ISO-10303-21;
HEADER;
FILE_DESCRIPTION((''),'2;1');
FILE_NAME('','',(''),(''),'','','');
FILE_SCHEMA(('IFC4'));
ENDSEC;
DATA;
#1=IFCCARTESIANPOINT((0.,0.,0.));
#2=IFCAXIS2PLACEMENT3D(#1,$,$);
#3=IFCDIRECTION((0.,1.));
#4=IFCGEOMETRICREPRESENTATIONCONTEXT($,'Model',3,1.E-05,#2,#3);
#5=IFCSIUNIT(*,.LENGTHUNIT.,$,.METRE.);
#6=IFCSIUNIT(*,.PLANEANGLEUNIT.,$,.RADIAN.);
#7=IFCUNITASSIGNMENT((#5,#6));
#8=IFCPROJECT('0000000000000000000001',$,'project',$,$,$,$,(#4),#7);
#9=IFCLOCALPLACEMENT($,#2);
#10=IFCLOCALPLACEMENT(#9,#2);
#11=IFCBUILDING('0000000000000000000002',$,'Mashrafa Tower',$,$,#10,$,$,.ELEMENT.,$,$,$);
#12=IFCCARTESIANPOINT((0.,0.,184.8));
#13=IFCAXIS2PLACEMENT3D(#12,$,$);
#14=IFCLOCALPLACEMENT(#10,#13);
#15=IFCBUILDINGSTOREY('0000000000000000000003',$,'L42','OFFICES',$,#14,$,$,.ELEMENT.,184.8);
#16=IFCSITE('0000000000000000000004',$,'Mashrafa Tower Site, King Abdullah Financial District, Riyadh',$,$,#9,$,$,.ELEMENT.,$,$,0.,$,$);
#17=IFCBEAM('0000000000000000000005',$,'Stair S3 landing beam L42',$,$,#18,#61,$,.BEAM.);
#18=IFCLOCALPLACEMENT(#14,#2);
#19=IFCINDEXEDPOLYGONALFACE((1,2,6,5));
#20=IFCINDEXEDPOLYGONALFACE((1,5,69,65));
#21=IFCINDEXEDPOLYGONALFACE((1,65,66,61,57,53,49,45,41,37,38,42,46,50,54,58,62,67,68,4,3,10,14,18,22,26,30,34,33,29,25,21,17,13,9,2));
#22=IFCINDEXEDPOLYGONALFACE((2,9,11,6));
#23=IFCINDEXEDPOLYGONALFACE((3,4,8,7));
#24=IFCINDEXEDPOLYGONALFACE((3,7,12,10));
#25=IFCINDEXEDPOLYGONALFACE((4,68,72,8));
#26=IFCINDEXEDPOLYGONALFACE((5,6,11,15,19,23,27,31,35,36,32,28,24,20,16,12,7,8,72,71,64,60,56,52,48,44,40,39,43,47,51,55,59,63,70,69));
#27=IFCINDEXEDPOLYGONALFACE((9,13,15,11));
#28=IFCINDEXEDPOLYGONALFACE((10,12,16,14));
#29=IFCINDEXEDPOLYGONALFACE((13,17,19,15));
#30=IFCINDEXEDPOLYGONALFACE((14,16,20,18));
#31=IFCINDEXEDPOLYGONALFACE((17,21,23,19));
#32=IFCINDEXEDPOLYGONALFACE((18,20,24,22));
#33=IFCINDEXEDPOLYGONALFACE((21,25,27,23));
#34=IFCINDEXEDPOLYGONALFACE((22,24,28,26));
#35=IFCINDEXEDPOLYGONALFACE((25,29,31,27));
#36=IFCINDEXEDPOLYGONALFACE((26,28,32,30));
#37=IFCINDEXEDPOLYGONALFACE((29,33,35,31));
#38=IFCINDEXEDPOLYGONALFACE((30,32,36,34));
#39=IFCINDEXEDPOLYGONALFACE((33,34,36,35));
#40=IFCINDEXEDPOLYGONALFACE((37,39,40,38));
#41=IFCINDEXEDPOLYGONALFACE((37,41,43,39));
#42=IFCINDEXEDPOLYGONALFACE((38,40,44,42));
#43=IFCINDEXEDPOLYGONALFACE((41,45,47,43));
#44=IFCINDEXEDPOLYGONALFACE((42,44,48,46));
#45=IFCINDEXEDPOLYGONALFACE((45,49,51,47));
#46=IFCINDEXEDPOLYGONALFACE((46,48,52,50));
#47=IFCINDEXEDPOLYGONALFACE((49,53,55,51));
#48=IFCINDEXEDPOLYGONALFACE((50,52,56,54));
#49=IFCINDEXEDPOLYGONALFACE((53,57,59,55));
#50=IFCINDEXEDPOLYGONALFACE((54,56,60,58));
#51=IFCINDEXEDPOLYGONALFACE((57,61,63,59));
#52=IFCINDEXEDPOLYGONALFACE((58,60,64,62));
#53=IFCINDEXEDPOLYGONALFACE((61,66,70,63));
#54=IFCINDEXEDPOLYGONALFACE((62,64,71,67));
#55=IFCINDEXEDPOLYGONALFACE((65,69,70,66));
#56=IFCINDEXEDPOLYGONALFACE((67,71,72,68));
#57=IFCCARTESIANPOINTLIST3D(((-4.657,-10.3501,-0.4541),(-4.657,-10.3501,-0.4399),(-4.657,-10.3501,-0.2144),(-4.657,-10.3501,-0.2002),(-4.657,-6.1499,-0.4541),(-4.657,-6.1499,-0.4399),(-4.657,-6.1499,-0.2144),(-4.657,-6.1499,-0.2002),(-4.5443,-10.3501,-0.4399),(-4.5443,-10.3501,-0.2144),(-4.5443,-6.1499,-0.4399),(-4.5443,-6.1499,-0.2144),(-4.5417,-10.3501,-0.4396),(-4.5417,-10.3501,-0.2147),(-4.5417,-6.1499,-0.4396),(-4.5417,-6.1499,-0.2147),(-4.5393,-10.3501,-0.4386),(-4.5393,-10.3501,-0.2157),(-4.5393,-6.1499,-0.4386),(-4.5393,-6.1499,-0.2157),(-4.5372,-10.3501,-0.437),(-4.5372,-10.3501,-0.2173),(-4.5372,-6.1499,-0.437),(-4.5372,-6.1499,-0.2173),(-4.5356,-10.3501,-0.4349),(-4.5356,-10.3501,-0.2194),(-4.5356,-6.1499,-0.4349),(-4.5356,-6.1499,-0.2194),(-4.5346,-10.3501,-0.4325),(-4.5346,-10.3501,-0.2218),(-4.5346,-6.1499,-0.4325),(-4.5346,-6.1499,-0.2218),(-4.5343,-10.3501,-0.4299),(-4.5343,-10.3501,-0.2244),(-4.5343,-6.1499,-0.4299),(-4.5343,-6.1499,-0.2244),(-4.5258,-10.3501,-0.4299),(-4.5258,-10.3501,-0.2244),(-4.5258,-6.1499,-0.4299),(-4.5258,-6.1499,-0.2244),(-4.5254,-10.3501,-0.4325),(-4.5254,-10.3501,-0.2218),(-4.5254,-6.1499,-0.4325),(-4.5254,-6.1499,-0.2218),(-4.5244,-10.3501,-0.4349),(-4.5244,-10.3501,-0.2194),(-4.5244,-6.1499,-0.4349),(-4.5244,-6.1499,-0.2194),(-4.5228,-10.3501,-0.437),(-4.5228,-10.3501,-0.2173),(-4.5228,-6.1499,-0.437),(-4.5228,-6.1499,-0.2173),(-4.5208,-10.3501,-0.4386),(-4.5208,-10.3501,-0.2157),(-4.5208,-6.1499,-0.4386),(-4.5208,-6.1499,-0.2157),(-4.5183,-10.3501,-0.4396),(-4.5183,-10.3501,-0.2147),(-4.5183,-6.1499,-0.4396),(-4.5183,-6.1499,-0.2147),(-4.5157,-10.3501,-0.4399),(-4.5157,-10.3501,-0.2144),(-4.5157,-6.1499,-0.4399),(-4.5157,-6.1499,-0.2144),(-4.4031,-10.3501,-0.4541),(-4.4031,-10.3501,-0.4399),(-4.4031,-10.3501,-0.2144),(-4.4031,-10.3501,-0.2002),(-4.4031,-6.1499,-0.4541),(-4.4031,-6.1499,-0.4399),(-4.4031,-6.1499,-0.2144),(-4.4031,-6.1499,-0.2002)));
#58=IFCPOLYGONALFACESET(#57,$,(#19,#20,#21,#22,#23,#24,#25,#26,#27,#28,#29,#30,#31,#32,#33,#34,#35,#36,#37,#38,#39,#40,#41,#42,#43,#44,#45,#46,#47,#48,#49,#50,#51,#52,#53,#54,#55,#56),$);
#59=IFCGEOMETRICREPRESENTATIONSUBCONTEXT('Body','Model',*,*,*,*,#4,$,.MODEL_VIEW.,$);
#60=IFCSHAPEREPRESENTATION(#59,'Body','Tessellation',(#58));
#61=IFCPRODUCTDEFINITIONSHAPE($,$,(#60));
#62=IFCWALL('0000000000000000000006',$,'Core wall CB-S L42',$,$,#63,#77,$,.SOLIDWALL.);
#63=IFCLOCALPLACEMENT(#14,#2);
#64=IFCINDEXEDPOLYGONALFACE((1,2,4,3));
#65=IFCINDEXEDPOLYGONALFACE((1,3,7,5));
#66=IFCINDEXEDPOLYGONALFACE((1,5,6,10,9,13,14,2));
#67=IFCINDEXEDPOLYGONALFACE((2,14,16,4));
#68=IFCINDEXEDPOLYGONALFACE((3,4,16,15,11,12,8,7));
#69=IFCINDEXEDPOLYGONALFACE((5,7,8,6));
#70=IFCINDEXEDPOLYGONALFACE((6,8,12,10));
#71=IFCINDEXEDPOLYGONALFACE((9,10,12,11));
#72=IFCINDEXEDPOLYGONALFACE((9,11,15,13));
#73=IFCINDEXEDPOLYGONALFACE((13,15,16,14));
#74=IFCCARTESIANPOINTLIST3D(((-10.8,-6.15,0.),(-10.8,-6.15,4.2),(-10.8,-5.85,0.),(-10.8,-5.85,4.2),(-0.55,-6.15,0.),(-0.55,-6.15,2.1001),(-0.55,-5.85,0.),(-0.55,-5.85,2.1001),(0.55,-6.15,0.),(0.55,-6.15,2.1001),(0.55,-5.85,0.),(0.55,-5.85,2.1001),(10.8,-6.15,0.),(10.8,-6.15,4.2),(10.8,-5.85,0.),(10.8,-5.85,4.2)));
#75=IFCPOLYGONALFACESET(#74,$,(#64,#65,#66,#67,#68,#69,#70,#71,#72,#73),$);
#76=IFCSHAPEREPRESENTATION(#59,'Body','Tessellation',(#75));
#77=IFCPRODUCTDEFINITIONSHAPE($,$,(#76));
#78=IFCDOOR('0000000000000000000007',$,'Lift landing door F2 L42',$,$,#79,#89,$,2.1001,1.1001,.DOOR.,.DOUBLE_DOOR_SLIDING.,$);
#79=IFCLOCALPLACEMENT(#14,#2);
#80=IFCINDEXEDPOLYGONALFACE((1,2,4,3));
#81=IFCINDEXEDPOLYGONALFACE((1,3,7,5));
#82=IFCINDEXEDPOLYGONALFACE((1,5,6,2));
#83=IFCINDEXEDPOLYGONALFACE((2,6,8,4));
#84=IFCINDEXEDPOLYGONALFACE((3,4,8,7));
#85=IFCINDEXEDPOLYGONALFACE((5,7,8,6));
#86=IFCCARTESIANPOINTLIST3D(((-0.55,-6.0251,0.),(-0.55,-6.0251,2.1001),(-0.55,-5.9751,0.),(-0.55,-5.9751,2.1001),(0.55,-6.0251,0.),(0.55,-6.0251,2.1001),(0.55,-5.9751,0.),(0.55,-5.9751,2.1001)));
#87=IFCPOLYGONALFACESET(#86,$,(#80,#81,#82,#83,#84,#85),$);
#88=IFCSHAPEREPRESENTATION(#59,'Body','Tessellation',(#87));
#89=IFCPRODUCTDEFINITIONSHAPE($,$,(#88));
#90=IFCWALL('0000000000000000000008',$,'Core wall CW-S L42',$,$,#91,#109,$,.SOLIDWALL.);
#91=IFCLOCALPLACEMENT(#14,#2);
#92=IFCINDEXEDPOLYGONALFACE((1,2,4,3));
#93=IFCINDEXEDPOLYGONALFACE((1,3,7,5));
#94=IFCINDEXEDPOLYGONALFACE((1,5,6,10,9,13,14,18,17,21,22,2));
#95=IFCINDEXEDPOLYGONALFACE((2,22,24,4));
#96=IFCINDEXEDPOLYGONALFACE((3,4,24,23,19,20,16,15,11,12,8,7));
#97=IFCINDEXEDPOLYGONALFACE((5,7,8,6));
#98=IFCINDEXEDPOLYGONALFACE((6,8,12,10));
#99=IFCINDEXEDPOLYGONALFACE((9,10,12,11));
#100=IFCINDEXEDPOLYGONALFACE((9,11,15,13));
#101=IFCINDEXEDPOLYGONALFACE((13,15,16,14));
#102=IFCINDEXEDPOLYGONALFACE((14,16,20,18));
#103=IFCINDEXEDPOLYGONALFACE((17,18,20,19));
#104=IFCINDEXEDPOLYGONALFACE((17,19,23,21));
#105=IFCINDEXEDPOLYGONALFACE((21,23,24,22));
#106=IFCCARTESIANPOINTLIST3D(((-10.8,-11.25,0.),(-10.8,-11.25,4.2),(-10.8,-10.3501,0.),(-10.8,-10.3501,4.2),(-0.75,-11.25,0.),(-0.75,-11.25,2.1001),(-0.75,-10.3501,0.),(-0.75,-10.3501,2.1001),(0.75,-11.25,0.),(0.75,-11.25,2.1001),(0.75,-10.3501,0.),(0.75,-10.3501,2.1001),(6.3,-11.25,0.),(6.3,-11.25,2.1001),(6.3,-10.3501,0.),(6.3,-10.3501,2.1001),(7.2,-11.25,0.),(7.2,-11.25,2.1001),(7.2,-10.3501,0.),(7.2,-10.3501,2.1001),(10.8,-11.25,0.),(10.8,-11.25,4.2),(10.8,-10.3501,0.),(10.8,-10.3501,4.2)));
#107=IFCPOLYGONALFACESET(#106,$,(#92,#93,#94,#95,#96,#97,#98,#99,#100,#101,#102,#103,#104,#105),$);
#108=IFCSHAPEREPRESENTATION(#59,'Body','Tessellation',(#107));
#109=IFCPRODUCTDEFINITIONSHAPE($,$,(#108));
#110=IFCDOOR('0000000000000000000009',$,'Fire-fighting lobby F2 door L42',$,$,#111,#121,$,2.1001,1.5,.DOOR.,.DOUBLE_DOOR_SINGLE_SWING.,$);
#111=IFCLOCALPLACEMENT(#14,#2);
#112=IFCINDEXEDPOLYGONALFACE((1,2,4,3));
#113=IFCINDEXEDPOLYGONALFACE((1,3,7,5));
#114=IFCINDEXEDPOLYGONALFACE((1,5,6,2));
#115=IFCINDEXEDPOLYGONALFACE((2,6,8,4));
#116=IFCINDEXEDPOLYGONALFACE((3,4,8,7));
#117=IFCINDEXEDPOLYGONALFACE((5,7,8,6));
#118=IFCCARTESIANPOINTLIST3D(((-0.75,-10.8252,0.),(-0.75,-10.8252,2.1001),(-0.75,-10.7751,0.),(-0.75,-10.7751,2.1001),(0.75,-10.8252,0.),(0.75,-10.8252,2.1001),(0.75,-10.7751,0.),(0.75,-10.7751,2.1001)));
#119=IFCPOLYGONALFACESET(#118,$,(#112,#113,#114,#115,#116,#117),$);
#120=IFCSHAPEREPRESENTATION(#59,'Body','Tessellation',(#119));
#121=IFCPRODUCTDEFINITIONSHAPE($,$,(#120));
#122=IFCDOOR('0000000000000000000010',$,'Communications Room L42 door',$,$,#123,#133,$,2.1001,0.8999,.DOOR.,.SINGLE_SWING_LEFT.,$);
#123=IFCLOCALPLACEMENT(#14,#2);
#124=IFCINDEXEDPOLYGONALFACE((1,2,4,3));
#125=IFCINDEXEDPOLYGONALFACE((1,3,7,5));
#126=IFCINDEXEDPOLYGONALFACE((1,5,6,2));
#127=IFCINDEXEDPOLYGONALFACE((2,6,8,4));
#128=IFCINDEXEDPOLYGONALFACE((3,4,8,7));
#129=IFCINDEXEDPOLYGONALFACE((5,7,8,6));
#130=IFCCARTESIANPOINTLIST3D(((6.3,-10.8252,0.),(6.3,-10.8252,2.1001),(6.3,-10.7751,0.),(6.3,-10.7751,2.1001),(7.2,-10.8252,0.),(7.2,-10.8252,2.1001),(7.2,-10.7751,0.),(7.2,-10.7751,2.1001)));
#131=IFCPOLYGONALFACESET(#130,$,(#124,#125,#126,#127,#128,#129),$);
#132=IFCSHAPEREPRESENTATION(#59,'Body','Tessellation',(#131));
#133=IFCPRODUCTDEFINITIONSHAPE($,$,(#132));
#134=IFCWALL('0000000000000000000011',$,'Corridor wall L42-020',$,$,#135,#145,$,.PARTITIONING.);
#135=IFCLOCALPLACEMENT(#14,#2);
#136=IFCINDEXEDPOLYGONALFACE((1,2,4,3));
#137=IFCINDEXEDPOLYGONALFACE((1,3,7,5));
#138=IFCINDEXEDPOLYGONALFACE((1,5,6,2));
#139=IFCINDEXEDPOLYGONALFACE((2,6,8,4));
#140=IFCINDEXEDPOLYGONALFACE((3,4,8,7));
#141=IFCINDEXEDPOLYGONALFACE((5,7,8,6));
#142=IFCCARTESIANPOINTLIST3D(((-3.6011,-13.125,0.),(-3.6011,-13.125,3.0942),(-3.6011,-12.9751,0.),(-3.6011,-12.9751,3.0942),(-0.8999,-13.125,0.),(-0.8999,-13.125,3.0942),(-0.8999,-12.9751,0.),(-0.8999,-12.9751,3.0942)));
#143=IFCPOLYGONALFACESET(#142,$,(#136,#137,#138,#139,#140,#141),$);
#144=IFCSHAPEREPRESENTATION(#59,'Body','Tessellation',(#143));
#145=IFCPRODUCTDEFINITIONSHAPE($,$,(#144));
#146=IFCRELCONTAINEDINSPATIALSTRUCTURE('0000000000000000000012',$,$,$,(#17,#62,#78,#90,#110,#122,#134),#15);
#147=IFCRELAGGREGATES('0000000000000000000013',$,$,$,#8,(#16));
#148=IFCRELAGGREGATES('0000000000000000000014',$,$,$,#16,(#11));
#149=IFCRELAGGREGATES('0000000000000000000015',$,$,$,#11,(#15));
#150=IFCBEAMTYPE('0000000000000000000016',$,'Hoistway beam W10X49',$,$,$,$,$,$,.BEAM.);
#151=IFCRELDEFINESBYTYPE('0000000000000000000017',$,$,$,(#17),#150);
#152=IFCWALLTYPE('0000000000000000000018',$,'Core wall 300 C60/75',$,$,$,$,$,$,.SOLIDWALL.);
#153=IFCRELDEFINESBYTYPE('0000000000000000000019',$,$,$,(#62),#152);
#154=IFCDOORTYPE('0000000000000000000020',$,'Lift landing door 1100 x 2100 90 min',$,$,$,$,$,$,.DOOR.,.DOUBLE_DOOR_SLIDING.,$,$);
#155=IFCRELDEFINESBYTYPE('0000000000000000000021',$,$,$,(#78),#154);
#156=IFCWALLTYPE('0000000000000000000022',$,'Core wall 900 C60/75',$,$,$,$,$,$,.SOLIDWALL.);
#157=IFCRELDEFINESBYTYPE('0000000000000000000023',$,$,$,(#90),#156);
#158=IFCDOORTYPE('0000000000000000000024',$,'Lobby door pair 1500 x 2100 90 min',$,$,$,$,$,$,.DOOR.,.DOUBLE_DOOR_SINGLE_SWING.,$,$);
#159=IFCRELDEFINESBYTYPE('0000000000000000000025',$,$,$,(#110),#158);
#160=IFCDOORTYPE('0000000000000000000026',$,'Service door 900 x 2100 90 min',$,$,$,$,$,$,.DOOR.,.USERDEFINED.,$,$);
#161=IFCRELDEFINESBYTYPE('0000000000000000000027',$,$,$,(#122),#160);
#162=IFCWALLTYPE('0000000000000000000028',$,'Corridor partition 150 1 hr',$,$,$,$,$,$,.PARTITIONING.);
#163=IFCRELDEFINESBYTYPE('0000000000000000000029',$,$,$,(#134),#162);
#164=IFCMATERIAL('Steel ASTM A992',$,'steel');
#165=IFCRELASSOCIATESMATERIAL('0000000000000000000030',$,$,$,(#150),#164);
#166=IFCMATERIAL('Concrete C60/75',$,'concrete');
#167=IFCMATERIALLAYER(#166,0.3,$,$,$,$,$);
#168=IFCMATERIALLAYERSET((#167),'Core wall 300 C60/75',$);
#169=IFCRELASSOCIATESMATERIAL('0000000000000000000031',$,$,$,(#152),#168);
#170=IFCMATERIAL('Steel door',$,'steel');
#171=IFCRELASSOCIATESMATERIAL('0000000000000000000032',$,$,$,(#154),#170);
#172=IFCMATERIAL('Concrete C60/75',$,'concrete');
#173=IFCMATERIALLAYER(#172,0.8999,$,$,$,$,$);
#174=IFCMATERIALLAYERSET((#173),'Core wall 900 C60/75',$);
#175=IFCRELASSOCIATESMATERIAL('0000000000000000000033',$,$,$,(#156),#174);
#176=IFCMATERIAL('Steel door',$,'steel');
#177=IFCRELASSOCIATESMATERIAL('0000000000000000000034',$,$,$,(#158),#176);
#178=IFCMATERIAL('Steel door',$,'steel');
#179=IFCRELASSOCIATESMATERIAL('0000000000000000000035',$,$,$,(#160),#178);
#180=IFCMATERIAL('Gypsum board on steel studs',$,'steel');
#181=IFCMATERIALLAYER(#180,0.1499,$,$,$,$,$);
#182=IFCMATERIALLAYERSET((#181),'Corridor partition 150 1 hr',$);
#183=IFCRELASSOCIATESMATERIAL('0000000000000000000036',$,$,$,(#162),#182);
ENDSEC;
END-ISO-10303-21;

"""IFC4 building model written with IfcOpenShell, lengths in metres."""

from ifc_helpers import new_model, si_unit, direction, frame, frame_2d, origin, origin_2d, place, context, subcontext, project, spatial, rectangle, i_section, extrude, material, layer, layer_set, material_profile, profile_set, type_object, element, fill, save


model = new_model("IFC4")

# Units and contexts
model_context = context("Model", 3, precision=1e-05, world=origin(), true_north=direction((0.0, 1.0)))
body_context = subcontext(model_context, "Body", "Model", "MODEL_VIEW")
ifc_project = project(units=[si_unit("LENGTHUNIT", "METRE"), si_unit("PLANEANGLEUNIT", "RADIAN")], contexts=[model_context])

# Site, building, storey
site_placement = place(None, origin())
site = spatial("IfcSite", under=ifc_project, at=site_placement, Name="Mashrafa Tower Site, King Abdullah Financial District, Riyadh", CompositionType="ELEMENT", RefElevation=0.0)
building_placement = place(site_placement, origin())
building = spatial("IfcBuilding", under=site, at=building_placement, Name="Mashrafa Tower", CompositionType="ELEMENT")
storey_placement = place(building_placement, frame((0.0, 0.0, 184.8)))
storey = spatial("IfcBuildingStorey", under=building, at=storey_placement, Name="L42", Description="OFFICES", CompositionType="ELEMENT", Elevation=184.8)

# Beam
ifc_material_1 = material(Name="Steel ASTM A992", Category="steel")
ifc_material_profile_1 = material_profile(ifc_material_1, i_section(OverallWidth=0.2539, OverallDepth=0.2539, WebThickness=0.0085, FlangeThickness=0.0142, FilletRadius=0.01, at=origin_2d()), Name="W10X49")
ifc_profile_set_1 = profile_set([ifc_material_profile_1], Name="Steel ASTM A992")
beam_type_1 = type_object("IfcBeamType", Name="Hoistway beam W10X49", PredefinedType="BEAM", material=ifc_profile_set_1)
beam_1_placement = place(storey_placement, frame((-4.53, -10.3501, -0.3271), z_axis=(0.0, 1.0, 0.0), x_axis=(-1.0, 0.0, 0.0)))
element("IfcBeam", 1, at=beam_1_placement, inside=storey, type_object=beam_type_1, Name="Stair S3 landing beam L42", PredefinedType="BEAM", context=body_context, shape_type="SweptSolid", body=[
    extrude(i_section(OverallWidth=0.2539, OverallDepth=0.2539, WebThickness=0.0085, FlangeThickness=0.0142, FilletRadius=0.01, at=origin_2d()), origin(), (0.0, 0.0, 1.0), 4.2002),
])

# Wall, opening, door
ifc_material_2 = material(Name="Concrete C60/75", Category="concrete")
ifc_layer_1 = layer(ifc_material_2, 0.3)
ifc_layer_set_1 = layer_set([ifc_layer_1], Name="Core wall 300 C60/75")
wall_type_1 = type_object("IfcWallType", Name="Core wall 300 C60/75", PredefinedType="SOLIDWALL", material=ifc_layer_set_1)
wall_1_placement = place(storey_placement, frame((-10.8, -6.0, 0.0), z_axis=(0.0, 0.0, 1.0), x_axis=(1.0, 0.0, 0.0)))
wall_1 = element("IfcWall", 2, at=wall_1_placement, inside=storey, type_object=wall_type_1, Name="Core wall CB-S L42", PredefinedType="SOLIDWALL", context=body_context, shape_type="SweptSolid", body=[
    extrude(rectangle(XDim=21.6001, YDim=0.3, at=frame_2d((10.8, 0.0))), origin(), (0.0, 0.0, 1.0), 4.2),
])
opening_1_placement = place(wall_1_placement, frame((10.25, 0.0, 0.0)))
opening_1 = element("IfcOpeningElement", 3, at=opening_1_placement, cuts=wall_1, PredefinedType="OPENING", context=body_context, shape_type="SweptSolid", body=[
    extrude(rectangle(XDim=1.1001, YDim=2.1001, at=frame_2d((0.55, 1.05))), frame((0.0, 0.1599, 0.0), z_axis=(0.0, -1.0, 0.0), x_axis=(1.0, 0.0, 0.0)), (0.0, 0.0, 1.0), 0.3201),
])
ifc_material_3 = material(Name="Steel door", Category="steel")
door_type_1 = type_object("IfcDoorType", Name="Lift landing door 1100 x 2100 90 min", OperationType="DOUBLE_DOOR_SLIDING", PredefinedType="DOOR", material=ifc_material_3)
door_1_placement = place(opening_1_placement, origin())
door_1 = element("IfcDoor", 4, at=door_1_placement, inside=storey, type_object=door_type_1, Name="Lift landing door F2 L42", OperationType="DOUBLE_DOOR_SLIDING", OverallHeight=2.1001, OverallWidth=1.1001, PredefinedType="DOOR", context=body_context, shape_type="SweptSolid", body=[
    extrude(rectangle(XDim=1.1001, YDim=2.1001, at=frame_2d((0.55, 1.05))), frame((0.0, 0.0249, 0.0), z_axis=(0.0, -1.0, 0.0), x_axis=(1.0, 0.0, 0.0)), (0.0, 0.0, 1.0), 0.05),
])
fill(opening_1, door_1)

# Wall, openings, doors
ifc_material_4 = material(Name="Concrete C60/75", Category="concrete")
ifc_layer_2 = layer(ifc_material_4, 0.8999)
ifc_layer_set_2 = layer_set([ifc_layer_2], Name="Core wall 900 C60/75")
wall_type_2 = type_object("IfcWallType", Name="Core wall 900 C60/75", PredefinedType="SOLIDWALL", material=ifc_layer_set_2)
wall_2_placement = place(storey_placement, frame((-10.8, -10.8, 0.0), z_axis=(0.0, 0.0, 1.0), x_axis=(1.0, 0.0, 0.0)))
wall_2 = element("IfcWall", 5, at=wall_2_placement, inside=storey, type_object=wall_type_2, Name="Core wall CW-S L42", PredefinedType="SOLIDWALL", context=body_context, shape_type="SweptSolid", body=[
    extrude(rectangle(XDim=21.6001, YDim=0.8999, at=frame_2d((10.8, 0.0))), origin(), (0.0, 0.0, 1.0), 4.2),
])
opening_2_placement = place(wall_2_placement, frame((10.05, 0.0, 0.0)))
opening_2 = element("IfcOpeningElement", 6, at=opening_2_placement, cuts=wall_2, PredefinedType="OPENING", context=body_context, shape_type="SweptSolid", body=[
    extrude(rectangle(XDim=1.5, YDim=2.1001, at=frame_2d((0.75, 1.05))), frame((0.0, 0.46, 0.0), z_axis=(0.0, -1.0, 0.0), x_axis=(1.0, 0.0, 0.0)), (0.0, 0.0, 1.0), 0.9199),
])
opening_3_placement = place(wall_2_placement, frame((17.1001, 0.0, 0.0)))
opening_3 = element("IfcOpeningElement", 7, at=opening_3_placement, cuts=wall_2, PredefinedType="OPENING", context=body_context, shape_type="SweptSolid", body=[
    extrude(rectangle(XDim=0.8999, YDim=2.1001, at=frame_2d((0.45, 1.05))), frame((0.0, 0.46, 0.0), z_axis=(0.0, -1.0, 0.0), x_axis=(1.0, 0.0, 0.0)), (0.0, 0.0, 1.0), 0.9199),
])
ifc_material_5 = material(Name="Steel door", Category="steel")
door_type_2 = type_object("IfcDoorType", Name="Lobby door pair 1500 x 2100 90 min", OperationType="DOUBLE_DOOR_SINGLE_SWING", PredefinedType="DOOR", material=ifc_material_5)
door_2_placement = place(opening_2_placement, origin())
door_2 = element("IfcDoor", 8, at=door_2_placement, inside=storey, type_object=door_type_2, Name="Fire-fighting lobby F2 door L42", OperationType="DOUBLE_DOOR_SINGLE_SWING", OverallHeight=2.1001, OverallWidth=1.5, PredefinedType="DOOR", context=body_context, shape_type="SweptSolid", body=[
    extrude(rectangle(XDim=1.5, YDim=2.1001, at=frame_2d((0.75, 1.05))), frame((0.0, 0.0249, 0.0), z_axis=(0.0, -1.0, 0.0), x_axis=(1.0, 0.0, 0.0)), (0.0, 0.0, 1.0), 0.05),
])
fill(opening_2, door_2)
ifc_material_6 = material(Name="Steel door", Category="steel")
door_type_3 = type_object("IfcDoorType", Name="Service door 900 x 2100 90 min", OperationType="USERDEFINED", PredefinedType="DOOR", material=ifc_material_6)
door_3_placement = place(opening_3_placement, origin())
door_3 = element("IfcDoor", 9, at=door_3_placement, inside=storey, type_object=door_type_3, Name="Communications Room L42 door", OperationType="SINGLE_SWING_LEFT", OverallHeight=2.1001, OverallWidth=0.8999, PredefinedType="DOOR", context=body_context, shape_type="SweptSolid", body=[
    extrude(rectangle(XDim=0.8999, YDim=2.1001, at=frame_2d((0.45, 1.05))), frame((0.0, 0.0249, 0.0), z_axis=(0.0, -1.0, 0.0), x_axis=(1.0, 0.0, 0.0)), (0.0, 0.0, 1.0), 0.05),
])
fill(opening_3, door_3)

# Wall
ifc_material_7 = material(Name="Gypsum board on steel studs", Category="steel")
ifc_layer_3 = layer(ifc_material_7, 0.1499)
ifc_layer_set_3 = layer_set([ifc_layer_3], Name="Corridor partition 150 1 hr")
wall_type_3 = type_object("IfcWallType", Name="Corridor partition 150 1 hr", PredefinedType="PARTITIONING", material=ifc_layer_set_3)
wall_3_placement = place(storey_placement, frame((-3.6011, -13.05, 0.0), z_axis=(0.0, 0.0, 1.0), x_axis=(1.0, 0.0, 0.0)))
element("IfcWall", 10, at=wall_3_placement, inside=storey, type_object=wall_type_3, Name="Corridor wall L42-020", PredefinedType="PARTITIONING", context=body_context, shape_type="SweptSolid", body=[
    extrude(rectangle(XDim=2.7012, YDim=0.1499, at=frame_2d((1.3506, 0.0))), origin(), (0.0, 0.0, 1.0), 3.0942),
])

save(model, "model.ifc")
